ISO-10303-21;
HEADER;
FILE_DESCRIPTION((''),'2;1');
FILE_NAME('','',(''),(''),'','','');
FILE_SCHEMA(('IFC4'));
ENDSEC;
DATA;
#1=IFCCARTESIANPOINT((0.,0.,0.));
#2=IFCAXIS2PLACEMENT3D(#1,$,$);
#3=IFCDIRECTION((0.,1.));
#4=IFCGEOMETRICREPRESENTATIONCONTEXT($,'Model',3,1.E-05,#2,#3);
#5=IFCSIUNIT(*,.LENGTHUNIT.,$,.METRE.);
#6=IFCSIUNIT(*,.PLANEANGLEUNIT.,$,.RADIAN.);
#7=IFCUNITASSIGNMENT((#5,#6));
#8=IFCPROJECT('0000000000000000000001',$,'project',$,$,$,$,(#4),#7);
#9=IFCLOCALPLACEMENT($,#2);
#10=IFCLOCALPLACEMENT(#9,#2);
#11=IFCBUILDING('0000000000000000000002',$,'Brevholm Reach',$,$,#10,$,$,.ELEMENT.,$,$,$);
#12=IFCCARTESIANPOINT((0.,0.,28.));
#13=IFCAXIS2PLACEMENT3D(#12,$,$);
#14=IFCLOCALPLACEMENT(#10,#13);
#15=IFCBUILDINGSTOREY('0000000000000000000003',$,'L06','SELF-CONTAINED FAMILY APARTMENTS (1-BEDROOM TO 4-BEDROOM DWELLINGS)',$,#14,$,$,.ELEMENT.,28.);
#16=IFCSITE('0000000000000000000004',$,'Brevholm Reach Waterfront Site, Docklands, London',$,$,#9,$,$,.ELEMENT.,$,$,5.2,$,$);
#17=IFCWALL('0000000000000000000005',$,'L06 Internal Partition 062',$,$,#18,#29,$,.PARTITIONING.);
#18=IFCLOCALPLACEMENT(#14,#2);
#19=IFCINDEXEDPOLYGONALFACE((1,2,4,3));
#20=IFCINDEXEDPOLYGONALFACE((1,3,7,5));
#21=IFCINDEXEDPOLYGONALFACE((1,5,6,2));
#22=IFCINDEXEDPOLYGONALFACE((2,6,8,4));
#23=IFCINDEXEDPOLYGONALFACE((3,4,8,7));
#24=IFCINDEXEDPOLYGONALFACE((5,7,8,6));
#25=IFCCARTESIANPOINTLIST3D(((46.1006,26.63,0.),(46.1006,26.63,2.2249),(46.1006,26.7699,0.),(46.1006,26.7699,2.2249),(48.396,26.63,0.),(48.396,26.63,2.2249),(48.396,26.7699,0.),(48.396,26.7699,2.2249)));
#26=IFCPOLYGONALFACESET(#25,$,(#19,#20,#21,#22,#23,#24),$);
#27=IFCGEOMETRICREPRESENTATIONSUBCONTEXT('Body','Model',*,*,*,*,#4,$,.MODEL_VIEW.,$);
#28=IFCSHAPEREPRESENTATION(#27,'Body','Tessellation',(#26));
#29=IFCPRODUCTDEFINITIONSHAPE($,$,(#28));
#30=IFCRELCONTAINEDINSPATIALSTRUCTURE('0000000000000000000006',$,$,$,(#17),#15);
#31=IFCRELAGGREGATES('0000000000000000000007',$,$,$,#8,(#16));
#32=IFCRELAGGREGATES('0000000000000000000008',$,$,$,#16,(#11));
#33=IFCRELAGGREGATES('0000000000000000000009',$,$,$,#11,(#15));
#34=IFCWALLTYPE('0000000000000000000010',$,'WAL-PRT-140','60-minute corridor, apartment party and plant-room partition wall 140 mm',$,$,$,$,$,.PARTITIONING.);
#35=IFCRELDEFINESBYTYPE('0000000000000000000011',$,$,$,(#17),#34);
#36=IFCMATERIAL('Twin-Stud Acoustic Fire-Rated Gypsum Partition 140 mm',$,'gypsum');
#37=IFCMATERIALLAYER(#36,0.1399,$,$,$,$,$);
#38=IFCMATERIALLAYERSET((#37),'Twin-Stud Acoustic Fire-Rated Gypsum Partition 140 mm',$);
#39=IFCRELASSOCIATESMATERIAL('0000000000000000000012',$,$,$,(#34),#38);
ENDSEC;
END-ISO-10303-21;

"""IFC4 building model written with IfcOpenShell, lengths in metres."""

from ifc_helpers import new_model, si_unit, direction, frame, frame_2d, origin, place, context, subcontext, project, spatial, rectangle, extrude, material, layer, layer_set, type_object, element, save


model = new_model("IFC4")

# Units and contexts
model_context = context("Model", 3, precision=1e-05, world=origin(), true_north=direction((0.0, 1.0)))
body_context = subcontext(model_context, "Body", "Model", "MODEL_VIEW")
ifc_project = project(units=[si_unit("LENGTHUNIT", "METRE"), si_unit("PLANEANGLEUNIT", "RADIAN")], contexts=[model_context])

# Site, building, storey
site_placement = place(None, origin())
site = spatial("IfcSite", under=ifc_project, at=site_placement, Name="Brevholm Reach Waterfront Site, Docklands, London", CompositionType="ELEMENT", RefElevation=5.2)
building_placement = place(site_placement, origin())
building = spatial("IfcBuilding", under=site, at=building_placement, Name="Brevholm Reach", CompositionType="ELEMENT")
storey_placement = place(building_placement, frame((0.0, 0.0, 28.0)))
storey = spatial("IfcBuildingStorey", under=building, at=storey_placement, Name="L06", Description="SELF-CONTAINED FAMILY APARTMENTS (1-BEDROOM TO 4-BEDROOM DWELLINGS)", CompositionType="ELEMENT", Elevation=28.0)

# Shared definitions
ifc_material_1 = material(Name="Twin-Stud Acoustic Fire-Rated Gypsum Partition 140 mm", Category="gypsum")
ifc_layer_1 = layer(ifc_material_1, 0.1399)
ifc_layer_set_1 = layer_set([ifc_layer_1], Name="Twin-Stud Acoustic Fire-Rated Gypsum Partition 140 mm")
wall_type_1 = type_object("IfcWallType", Name="WAL-PRT-140", Description="60-minute corridor, apartment party and plant-room partition wall 140 mm", PredefinedType="PARTITIONING", material=ifc_layer_set_1)

# Wall
wall_1_placement = place(storey_placement, frame((46.1006, 26.7, 0.0), z_axis=(0.0, 0.0, 1.0), x_axis=(1.0, 0.0, 0.0)))
element("IfcWall", 1, at=wall_1_placement, inside=storey, type_object=wall_type_1, Name="L06 Internal Partition 062", PredefinedType="PARTITIONING", context=body_context, shape_type="SweptSolid", body=[
    extrude(rectangle(XDim=2.2954, YDim=0.1399, at=frame_2d((1.1477, 0.0))), origin(), (0.0, 0.0, 1.0), 2.2249),
])

save(model, "model.ifc")
